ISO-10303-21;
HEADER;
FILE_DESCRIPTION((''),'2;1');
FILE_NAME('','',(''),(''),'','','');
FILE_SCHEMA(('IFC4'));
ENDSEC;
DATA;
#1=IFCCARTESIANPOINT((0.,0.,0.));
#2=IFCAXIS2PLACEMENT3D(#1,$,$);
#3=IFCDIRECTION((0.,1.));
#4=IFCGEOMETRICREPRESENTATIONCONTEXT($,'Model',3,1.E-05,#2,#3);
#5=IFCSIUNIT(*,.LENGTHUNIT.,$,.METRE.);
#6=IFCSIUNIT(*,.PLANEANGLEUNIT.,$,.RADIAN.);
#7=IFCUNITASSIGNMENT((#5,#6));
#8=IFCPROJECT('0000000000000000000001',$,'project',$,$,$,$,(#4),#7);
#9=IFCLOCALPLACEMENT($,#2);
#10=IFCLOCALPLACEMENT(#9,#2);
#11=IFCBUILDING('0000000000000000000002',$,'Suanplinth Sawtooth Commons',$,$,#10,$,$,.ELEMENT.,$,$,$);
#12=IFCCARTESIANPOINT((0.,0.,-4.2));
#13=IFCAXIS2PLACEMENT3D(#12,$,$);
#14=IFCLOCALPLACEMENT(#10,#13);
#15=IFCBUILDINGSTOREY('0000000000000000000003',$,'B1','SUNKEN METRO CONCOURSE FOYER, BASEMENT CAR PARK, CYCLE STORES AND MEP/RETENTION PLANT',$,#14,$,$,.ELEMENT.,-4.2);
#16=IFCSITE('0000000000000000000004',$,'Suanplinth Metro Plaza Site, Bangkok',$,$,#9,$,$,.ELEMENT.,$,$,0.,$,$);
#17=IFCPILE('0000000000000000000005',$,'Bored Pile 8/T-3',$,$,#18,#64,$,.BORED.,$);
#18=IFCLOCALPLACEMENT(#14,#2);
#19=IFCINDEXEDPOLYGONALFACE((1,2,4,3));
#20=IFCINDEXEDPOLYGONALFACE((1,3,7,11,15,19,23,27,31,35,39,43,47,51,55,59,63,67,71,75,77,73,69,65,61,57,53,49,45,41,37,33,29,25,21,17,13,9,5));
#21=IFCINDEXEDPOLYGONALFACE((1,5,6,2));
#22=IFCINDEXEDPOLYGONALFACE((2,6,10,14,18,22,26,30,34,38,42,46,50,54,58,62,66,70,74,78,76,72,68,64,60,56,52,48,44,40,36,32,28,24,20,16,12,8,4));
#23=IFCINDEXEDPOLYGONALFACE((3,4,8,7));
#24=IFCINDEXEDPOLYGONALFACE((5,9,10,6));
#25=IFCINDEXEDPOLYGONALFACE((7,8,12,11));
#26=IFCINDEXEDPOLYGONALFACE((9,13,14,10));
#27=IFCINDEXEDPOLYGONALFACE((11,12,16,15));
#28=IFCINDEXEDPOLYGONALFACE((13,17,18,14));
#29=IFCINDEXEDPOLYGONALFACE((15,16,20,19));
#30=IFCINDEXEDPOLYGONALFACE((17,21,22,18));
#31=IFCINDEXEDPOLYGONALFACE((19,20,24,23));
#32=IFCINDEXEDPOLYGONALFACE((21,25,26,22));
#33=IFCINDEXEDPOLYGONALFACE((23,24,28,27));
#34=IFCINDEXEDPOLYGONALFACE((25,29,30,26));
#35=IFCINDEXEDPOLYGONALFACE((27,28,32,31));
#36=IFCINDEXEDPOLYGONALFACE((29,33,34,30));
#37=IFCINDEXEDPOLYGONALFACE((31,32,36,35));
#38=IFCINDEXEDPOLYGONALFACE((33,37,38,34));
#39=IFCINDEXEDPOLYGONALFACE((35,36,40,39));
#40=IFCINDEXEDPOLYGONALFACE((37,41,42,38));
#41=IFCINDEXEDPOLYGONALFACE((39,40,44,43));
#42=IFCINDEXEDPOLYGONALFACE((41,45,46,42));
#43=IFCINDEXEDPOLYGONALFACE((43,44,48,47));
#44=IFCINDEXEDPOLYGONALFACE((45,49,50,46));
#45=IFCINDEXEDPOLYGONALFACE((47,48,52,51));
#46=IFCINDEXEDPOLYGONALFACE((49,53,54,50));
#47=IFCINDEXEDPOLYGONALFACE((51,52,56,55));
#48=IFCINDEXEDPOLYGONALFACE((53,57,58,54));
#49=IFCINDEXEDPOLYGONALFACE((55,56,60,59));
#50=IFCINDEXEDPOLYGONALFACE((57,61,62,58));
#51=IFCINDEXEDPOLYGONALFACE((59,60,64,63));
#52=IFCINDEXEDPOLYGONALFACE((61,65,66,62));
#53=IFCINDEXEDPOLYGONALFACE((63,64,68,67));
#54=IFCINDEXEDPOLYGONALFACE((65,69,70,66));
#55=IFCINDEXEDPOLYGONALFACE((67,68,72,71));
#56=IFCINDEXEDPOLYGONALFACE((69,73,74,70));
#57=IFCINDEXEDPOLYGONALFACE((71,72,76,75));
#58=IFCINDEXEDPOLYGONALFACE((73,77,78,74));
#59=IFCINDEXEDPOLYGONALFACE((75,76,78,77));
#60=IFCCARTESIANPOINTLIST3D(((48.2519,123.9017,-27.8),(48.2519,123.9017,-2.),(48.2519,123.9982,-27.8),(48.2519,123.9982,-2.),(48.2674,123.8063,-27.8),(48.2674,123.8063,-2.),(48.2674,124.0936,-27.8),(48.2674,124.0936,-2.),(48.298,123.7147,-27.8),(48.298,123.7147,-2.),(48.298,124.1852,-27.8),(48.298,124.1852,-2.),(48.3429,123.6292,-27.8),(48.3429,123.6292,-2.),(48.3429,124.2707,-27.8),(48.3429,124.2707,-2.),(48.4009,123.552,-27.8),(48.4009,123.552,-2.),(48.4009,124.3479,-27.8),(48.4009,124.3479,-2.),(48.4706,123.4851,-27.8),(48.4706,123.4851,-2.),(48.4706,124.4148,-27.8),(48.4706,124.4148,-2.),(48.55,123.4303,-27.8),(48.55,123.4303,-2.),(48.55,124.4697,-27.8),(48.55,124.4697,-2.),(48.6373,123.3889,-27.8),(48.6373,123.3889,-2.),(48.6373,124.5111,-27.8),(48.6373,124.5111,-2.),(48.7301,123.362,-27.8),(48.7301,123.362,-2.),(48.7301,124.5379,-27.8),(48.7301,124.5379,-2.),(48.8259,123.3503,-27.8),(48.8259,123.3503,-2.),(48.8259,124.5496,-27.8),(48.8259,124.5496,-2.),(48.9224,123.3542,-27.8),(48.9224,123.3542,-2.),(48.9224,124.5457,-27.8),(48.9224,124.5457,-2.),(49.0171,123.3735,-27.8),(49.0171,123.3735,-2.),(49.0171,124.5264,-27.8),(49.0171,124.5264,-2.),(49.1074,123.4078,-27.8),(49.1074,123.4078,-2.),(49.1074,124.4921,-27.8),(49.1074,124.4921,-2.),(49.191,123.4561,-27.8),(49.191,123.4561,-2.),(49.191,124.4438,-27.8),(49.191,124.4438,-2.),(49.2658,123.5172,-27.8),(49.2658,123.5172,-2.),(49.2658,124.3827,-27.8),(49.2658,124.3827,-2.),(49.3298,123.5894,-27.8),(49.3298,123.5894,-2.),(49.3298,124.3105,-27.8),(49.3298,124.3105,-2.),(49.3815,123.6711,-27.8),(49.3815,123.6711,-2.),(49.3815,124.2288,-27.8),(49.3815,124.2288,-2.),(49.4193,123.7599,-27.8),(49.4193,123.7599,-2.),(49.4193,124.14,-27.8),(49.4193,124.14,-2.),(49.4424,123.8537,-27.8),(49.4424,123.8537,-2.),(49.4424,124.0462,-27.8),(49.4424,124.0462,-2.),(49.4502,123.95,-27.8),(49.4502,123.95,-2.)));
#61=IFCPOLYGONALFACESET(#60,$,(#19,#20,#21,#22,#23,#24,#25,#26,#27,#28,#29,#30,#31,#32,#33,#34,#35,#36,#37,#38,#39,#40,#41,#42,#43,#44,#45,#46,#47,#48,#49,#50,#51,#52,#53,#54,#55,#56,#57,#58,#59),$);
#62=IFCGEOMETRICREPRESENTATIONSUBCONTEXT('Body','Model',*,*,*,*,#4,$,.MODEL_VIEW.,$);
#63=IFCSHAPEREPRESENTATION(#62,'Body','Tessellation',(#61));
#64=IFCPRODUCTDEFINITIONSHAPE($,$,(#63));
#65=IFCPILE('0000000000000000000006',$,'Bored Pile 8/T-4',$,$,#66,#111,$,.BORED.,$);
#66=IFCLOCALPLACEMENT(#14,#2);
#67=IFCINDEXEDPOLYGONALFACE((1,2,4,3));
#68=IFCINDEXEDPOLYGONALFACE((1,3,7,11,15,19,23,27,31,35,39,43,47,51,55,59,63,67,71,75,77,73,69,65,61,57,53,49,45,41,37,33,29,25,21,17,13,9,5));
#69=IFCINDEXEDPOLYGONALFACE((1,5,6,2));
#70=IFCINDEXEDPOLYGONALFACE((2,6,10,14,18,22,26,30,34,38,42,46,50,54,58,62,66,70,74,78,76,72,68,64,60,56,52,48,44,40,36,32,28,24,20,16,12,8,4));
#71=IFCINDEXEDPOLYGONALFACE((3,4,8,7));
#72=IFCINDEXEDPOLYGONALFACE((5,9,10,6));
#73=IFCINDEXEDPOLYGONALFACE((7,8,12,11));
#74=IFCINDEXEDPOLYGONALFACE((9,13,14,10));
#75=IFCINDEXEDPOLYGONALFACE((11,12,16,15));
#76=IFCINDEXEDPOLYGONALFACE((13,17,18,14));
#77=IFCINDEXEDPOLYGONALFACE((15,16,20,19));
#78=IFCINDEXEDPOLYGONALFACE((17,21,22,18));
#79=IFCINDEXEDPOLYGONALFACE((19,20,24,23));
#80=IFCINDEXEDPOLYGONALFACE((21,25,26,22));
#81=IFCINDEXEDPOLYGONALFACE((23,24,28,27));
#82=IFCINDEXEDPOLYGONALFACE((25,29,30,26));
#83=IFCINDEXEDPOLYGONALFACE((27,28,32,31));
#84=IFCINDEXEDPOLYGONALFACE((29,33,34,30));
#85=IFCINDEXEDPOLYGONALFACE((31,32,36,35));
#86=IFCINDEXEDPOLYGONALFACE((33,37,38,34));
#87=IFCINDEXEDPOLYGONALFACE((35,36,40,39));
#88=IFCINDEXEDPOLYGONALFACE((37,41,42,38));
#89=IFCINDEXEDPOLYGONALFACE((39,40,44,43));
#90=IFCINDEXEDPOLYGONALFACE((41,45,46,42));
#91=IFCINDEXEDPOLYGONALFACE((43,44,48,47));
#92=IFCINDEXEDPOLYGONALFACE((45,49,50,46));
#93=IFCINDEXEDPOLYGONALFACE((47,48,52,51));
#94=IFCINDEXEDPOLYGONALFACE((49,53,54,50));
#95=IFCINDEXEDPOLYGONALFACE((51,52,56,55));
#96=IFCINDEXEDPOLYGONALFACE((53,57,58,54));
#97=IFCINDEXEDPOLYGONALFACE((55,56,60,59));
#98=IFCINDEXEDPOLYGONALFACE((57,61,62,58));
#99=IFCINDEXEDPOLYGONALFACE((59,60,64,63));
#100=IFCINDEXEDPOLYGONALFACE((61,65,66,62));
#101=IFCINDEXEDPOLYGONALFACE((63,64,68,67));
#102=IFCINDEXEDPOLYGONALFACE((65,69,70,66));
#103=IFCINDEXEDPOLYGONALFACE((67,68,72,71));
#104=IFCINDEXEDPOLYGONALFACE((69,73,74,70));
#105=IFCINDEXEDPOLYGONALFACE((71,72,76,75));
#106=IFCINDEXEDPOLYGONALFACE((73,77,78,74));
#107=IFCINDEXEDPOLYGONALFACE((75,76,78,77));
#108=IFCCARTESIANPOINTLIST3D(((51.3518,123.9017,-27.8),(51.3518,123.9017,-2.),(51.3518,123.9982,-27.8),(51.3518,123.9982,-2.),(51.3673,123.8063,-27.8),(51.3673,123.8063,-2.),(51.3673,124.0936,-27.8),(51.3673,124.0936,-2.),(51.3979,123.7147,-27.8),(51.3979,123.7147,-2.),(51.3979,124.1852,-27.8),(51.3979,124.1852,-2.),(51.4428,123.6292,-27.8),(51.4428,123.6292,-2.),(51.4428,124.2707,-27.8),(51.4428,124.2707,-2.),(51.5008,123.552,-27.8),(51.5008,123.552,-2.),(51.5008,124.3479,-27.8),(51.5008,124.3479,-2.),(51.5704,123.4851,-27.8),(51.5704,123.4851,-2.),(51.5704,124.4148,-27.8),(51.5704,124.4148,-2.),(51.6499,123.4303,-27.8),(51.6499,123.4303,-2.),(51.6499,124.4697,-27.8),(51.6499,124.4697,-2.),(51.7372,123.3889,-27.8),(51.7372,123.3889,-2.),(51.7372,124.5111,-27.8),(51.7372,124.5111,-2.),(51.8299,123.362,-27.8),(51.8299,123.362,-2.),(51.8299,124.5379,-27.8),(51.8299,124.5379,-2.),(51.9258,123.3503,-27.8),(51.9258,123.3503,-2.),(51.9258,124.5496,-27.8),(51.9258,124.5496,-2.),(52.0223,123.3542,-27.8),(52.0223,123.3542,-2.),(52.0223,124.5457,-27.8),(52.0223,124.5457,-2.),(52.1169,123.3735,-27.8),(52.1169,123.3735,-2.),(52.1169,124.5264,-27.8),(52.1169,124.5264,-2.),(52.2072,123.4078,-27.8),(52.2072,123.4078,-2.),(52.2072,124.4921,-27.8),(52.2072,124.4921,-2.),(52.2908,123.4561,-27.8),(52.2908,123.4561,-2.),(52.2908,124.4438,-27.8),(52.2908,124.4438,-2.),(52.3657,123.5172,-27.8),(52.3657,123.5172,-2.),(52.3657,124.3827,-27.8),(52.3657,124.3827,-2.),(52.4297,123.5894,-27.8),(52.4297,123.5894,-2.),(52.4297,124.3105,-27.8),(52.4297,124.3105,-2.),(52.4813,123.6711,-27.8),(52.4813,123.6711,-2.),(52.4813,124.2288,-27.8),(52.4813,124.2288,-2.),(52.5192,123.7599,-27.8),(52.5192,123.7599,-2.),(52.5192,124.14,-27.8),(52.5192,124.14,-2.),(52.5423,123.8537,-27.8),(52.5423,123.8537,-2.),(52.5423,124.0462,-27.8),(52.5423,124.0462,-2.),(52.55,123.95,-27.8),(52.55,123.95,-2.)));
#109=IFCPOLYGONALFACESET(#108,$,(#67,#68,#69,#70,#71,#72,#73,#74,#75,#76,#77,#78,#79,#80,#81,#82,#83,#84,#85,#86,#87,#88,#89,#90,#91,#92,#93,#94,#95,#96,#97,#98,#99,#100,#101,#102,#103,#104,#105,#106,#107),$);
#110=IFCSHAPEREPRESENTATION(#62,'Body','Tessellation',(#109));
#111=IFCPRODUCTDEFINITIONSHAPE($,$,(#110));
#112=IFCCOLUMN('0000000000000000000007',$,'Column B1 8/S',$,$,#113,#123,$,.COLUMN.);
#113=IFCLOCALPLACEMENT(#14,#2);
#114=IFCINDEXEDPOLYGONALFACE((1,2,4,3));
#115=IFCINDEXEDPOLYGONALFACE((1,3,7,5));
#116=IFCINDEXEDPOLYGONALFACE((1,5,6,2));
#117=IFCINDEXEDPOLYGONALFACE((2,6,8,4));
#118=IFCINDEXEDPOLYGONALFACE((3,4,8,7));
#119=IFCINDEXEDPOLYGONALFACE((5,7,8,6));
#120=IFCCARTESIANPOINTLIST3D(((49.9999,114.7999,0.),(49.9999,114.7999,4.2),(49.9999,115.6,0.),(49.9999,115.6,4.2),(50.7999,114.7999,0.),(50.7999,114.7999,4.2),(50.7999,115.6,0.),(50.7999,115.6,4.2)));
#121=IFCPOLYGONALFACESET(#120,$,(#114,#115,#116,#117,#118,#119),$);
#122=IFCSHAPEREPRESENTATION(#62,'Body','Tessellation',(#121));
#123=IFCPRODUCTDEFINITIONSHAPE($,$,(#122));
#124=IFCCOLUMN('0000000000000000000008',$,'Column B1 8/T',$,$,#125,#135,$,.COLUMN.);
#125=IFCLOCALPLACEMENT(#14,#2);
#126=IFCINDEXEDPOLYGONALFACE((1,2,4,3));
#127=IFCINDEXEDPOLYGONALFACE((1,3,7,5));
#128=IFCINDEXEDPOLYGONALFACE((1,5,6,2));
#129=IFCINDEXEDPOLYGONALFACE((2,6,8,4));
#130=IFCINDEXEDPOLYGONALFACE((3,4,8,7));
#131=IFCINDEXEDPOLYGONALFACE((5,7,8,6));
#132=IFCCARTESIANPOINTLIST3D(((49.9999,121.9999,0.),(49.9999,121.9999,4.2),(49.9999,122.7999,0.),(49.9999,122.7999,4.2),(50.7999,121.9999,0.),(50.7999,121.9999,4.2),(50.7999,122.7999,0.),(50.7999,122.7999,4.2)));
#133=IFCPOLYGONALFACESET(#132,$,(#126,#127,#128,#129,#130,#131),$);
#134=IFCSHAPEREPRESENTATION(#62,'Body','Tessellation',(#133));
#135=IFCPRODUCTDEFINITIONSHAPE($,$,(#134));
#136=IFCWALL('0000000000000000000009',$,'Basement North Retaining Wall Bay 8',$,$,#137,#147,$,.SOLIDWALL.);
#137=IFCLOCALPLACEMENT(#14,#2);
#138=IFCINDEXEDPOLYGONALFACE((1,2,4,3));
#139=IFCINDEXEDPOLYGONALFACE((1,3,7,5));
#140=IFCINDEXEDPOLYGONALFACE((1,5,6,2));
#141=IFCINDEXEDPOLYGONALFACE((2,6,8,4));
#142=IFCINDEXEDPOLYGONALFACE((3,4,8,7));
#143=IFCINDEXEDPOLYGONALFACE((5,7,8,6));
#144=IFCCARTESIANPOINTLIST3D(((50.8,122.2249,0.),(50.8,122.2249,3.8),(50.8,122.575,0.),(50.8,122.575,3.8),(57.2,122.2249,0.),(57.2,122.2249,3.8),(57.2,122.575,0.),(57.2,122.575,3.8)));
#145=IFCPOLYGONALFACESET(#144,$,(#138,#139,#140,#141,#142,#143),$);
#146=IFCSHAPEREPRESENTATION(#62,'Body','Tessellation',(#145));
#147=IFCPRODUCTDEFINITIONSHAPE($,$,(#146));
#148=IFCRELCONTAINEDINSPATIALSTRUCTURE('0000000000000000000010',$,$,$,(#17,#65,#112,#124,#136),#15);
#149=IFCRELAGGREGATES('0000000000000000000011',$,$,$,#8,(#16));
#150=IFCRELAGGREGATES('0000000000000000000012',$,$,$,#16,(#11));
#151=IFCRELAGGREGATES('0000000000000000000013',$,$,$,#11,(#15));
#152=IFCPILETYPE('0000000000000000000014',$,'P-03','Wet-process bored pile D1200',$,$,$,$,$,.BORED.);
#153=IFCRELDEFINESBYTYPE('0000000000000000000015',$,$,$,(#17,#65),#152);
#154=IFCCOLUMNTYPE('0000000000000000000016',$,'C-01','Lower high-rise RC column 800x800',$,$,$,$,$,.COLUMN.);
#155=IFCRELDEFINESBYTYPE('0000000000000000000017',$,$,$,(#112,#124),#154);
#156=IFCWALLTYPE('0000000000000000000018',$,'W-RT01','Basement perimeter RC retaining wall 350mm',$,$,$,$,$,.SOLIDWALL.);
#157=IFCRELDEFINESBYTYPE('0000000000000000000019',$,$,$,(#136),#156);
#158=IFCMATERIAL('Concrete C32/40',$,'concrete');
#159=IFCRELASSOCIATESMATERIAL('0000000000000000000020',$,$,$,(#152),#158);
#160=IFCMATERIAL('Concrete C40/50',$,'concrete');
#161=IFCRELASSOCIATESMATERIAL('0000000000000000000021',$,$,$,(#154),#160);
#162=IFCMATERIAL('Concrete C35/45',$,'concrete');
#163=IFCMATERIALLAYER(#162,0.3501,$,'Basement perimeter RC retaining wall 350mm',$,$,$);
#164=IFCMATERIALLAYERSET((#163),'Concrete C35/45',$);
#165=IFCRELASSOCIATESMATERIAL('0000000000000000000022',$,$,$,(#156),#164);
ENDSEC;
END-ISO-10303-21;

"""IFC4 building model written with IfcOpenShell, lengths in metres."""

from ifc_helpers import new_model, si_unit, direction, frame, frame_2d, origin, origin_2d, place, context, subcontext, project, spatial, rectangle, circle, extrude, material, layer, layer_set, material_profile, profile_set, type_object, element, save


model = new_model("IFC4")

# Units and contexts
model_context = context("Model", 3, precision=1e-05, world=origin(), true_north=direction((0.0, 1.0)))
body_context = subcontext(model_context, "Body", "Model", "MODEL_VIEW")
ifc_project = project(units=[si_unit("LENGTHUNIT", "METRE"), si_unit("PLANEANGLEUNIT", "RADIAN")], contexts=[model_context])

# Site, building, storey
site_placement = place(None, origin())
site = spatial("IfcSite", under=ifc_project, at=site_placement, Name="Suanplinth Metro Plaza Site, Bangkok", CompositionType="ELEMENT", RefElevation=0.0)
building_placement = place(site_placement, origin())
building = spatial("IfcBuilding", under=site, at=building_placement, Name="Suanplinth Sawtooth Commons", CompositionType="ELEMENT")
storey_placement = place(building_placement, frame((0.0, 0.0, -4.2)))
storey = spatial("IfcBuildingStorey", under=building, at=storey_placement, Name="B1", Description="SUNKEN METRO CONCOURSE FOYER, BASEMENT CAR PARK, CYCLE STORES AND MEP/RETENTION PLANT", CompositionType="ELEMENT", Elevation=-4.2)

# Shared definitions
ifc_material_1 = material(Name="Concrete C35/45", Category="concrete")

# Piles
ifc_material_2 = material(Name="Concrete C32/40", Category="concrete")
ifc_material_profile_1 = material_profile(ifc_material_2, circle(Radius=0.6001, at=origin_2d()), Name="PILE D1200")
ifc_profile_set_1 = profile_set([ifc_material_profile_1], Name="Concrete C32/40")
pile_type = type_object("IfcPileType", Name="P-03", Description="Wet-process bored pile D1200", PredefinedType="BORED", material=ifc_profile_set_1)
for number, where, z_axis, x_axis, name in (
    (1, (48.8501, 123.95, -2.0), (0.0, 0.0, -1.0), (1.0, 0.0, 0.0), "Bored Pile 8/T-3"),
    (2, (51.95, 123.95, -2.0), (0.0, 0.0, -1.0), (1.0, 0.0, 0.0), "Bored Pile 8/T-4"),
):
    element("IfcPile", number, at=place(storey_placement, frame(where, z_axis=z_axis, x_axis=x_axis)), inside=storey, type_object=pile_type, Name=name, PredefinedType="BORED", context=body_context, shape_type="SweptSolid", body=[
        extrude(circle(Radius=0.6001, at=origin_2d()), origin(), (0.0, 0.0, 1.0), 25.8),
    ])

# Columns
ifc_material_3 = material(Name="Concrete C40/50", Category="concrete")
ifc_material_profile_2 = material_profile(ifc_material_3, rectangle(XDim=0.8, YDim=0.8, at=origin_2d()), Name="RC-COL 800x800")
ifc_profile_set_2 = profile_set([ifc_material_profile_2], Name="Concrete C40/50")
column_type = type_object("IfcColumnType", Name="C-01", Description="Lower high-rise RC column 800x800", PredefinedType="COLUMN", material=ifc_profile_set_2)
for number, where, z_axis, x_axis, name in (
    (3, (50.3999, 115.2, 0.0), (0.0, 0.0, 1.0), (1.0, 0.0, 0.0), "Column B1 8/S"),
    (4, (50.3999, 122.3999, 0.0), (0.0, 0.0, 1.0), (1.0, 0.0, 0.0), "Column B1 8/T"),
):
    element("IfcColumn", number, at=place(storey_placement, frame(where, z_axis=z_axis, x_axis=x_axis)), inside=storey, type_object=column_type, Name=name, PredefinedType="COLUMN", context=body_context, shape_type="SweptSolid", body=[
        extrude(rectangle(XDim=0.8, YDim=0.8, at=origin_2d()), origin(), (0.0, 0.0, 1.0), 4.2),
    ])

# Wall
ifc_layer = layer(ifc_material_1, 0.3501, Name="Basement perimeter RC retaining wall 350mm")
ifc_layer_set = layer_set([ifc_layer], Name="Concrete C35/45")
wall_type = type_object("IfcWallType", Name="W-RT01", Description="Basement perimeter RC retaining wall 350mm", PredefinedType="SOLIDWALL", material=ifc_layer_set)
wall_placement = place(storey_placement, frame((50.8, 122.3999, 0.0), z_axis=(0.0, 0.0, 1.0), x_axis=(1.0, 0.0, 0.0)))
element("IfcWall", 5, at=wall_placement, inside=storey, type_object=wall_type, Name="Basement North Retaining Wall Bay 8", PredefinedType="SOLIDWALL", context=body_context, shape_type="SweptSolid", body=[
    extrude(rectangle(XDim=6.3999, YDim=0.3501, at=frame_2d((3.2, 0.0))), origin(), (0.0, 0.0, 1.0), 3.8),
])

save(model, "model.ifc")
